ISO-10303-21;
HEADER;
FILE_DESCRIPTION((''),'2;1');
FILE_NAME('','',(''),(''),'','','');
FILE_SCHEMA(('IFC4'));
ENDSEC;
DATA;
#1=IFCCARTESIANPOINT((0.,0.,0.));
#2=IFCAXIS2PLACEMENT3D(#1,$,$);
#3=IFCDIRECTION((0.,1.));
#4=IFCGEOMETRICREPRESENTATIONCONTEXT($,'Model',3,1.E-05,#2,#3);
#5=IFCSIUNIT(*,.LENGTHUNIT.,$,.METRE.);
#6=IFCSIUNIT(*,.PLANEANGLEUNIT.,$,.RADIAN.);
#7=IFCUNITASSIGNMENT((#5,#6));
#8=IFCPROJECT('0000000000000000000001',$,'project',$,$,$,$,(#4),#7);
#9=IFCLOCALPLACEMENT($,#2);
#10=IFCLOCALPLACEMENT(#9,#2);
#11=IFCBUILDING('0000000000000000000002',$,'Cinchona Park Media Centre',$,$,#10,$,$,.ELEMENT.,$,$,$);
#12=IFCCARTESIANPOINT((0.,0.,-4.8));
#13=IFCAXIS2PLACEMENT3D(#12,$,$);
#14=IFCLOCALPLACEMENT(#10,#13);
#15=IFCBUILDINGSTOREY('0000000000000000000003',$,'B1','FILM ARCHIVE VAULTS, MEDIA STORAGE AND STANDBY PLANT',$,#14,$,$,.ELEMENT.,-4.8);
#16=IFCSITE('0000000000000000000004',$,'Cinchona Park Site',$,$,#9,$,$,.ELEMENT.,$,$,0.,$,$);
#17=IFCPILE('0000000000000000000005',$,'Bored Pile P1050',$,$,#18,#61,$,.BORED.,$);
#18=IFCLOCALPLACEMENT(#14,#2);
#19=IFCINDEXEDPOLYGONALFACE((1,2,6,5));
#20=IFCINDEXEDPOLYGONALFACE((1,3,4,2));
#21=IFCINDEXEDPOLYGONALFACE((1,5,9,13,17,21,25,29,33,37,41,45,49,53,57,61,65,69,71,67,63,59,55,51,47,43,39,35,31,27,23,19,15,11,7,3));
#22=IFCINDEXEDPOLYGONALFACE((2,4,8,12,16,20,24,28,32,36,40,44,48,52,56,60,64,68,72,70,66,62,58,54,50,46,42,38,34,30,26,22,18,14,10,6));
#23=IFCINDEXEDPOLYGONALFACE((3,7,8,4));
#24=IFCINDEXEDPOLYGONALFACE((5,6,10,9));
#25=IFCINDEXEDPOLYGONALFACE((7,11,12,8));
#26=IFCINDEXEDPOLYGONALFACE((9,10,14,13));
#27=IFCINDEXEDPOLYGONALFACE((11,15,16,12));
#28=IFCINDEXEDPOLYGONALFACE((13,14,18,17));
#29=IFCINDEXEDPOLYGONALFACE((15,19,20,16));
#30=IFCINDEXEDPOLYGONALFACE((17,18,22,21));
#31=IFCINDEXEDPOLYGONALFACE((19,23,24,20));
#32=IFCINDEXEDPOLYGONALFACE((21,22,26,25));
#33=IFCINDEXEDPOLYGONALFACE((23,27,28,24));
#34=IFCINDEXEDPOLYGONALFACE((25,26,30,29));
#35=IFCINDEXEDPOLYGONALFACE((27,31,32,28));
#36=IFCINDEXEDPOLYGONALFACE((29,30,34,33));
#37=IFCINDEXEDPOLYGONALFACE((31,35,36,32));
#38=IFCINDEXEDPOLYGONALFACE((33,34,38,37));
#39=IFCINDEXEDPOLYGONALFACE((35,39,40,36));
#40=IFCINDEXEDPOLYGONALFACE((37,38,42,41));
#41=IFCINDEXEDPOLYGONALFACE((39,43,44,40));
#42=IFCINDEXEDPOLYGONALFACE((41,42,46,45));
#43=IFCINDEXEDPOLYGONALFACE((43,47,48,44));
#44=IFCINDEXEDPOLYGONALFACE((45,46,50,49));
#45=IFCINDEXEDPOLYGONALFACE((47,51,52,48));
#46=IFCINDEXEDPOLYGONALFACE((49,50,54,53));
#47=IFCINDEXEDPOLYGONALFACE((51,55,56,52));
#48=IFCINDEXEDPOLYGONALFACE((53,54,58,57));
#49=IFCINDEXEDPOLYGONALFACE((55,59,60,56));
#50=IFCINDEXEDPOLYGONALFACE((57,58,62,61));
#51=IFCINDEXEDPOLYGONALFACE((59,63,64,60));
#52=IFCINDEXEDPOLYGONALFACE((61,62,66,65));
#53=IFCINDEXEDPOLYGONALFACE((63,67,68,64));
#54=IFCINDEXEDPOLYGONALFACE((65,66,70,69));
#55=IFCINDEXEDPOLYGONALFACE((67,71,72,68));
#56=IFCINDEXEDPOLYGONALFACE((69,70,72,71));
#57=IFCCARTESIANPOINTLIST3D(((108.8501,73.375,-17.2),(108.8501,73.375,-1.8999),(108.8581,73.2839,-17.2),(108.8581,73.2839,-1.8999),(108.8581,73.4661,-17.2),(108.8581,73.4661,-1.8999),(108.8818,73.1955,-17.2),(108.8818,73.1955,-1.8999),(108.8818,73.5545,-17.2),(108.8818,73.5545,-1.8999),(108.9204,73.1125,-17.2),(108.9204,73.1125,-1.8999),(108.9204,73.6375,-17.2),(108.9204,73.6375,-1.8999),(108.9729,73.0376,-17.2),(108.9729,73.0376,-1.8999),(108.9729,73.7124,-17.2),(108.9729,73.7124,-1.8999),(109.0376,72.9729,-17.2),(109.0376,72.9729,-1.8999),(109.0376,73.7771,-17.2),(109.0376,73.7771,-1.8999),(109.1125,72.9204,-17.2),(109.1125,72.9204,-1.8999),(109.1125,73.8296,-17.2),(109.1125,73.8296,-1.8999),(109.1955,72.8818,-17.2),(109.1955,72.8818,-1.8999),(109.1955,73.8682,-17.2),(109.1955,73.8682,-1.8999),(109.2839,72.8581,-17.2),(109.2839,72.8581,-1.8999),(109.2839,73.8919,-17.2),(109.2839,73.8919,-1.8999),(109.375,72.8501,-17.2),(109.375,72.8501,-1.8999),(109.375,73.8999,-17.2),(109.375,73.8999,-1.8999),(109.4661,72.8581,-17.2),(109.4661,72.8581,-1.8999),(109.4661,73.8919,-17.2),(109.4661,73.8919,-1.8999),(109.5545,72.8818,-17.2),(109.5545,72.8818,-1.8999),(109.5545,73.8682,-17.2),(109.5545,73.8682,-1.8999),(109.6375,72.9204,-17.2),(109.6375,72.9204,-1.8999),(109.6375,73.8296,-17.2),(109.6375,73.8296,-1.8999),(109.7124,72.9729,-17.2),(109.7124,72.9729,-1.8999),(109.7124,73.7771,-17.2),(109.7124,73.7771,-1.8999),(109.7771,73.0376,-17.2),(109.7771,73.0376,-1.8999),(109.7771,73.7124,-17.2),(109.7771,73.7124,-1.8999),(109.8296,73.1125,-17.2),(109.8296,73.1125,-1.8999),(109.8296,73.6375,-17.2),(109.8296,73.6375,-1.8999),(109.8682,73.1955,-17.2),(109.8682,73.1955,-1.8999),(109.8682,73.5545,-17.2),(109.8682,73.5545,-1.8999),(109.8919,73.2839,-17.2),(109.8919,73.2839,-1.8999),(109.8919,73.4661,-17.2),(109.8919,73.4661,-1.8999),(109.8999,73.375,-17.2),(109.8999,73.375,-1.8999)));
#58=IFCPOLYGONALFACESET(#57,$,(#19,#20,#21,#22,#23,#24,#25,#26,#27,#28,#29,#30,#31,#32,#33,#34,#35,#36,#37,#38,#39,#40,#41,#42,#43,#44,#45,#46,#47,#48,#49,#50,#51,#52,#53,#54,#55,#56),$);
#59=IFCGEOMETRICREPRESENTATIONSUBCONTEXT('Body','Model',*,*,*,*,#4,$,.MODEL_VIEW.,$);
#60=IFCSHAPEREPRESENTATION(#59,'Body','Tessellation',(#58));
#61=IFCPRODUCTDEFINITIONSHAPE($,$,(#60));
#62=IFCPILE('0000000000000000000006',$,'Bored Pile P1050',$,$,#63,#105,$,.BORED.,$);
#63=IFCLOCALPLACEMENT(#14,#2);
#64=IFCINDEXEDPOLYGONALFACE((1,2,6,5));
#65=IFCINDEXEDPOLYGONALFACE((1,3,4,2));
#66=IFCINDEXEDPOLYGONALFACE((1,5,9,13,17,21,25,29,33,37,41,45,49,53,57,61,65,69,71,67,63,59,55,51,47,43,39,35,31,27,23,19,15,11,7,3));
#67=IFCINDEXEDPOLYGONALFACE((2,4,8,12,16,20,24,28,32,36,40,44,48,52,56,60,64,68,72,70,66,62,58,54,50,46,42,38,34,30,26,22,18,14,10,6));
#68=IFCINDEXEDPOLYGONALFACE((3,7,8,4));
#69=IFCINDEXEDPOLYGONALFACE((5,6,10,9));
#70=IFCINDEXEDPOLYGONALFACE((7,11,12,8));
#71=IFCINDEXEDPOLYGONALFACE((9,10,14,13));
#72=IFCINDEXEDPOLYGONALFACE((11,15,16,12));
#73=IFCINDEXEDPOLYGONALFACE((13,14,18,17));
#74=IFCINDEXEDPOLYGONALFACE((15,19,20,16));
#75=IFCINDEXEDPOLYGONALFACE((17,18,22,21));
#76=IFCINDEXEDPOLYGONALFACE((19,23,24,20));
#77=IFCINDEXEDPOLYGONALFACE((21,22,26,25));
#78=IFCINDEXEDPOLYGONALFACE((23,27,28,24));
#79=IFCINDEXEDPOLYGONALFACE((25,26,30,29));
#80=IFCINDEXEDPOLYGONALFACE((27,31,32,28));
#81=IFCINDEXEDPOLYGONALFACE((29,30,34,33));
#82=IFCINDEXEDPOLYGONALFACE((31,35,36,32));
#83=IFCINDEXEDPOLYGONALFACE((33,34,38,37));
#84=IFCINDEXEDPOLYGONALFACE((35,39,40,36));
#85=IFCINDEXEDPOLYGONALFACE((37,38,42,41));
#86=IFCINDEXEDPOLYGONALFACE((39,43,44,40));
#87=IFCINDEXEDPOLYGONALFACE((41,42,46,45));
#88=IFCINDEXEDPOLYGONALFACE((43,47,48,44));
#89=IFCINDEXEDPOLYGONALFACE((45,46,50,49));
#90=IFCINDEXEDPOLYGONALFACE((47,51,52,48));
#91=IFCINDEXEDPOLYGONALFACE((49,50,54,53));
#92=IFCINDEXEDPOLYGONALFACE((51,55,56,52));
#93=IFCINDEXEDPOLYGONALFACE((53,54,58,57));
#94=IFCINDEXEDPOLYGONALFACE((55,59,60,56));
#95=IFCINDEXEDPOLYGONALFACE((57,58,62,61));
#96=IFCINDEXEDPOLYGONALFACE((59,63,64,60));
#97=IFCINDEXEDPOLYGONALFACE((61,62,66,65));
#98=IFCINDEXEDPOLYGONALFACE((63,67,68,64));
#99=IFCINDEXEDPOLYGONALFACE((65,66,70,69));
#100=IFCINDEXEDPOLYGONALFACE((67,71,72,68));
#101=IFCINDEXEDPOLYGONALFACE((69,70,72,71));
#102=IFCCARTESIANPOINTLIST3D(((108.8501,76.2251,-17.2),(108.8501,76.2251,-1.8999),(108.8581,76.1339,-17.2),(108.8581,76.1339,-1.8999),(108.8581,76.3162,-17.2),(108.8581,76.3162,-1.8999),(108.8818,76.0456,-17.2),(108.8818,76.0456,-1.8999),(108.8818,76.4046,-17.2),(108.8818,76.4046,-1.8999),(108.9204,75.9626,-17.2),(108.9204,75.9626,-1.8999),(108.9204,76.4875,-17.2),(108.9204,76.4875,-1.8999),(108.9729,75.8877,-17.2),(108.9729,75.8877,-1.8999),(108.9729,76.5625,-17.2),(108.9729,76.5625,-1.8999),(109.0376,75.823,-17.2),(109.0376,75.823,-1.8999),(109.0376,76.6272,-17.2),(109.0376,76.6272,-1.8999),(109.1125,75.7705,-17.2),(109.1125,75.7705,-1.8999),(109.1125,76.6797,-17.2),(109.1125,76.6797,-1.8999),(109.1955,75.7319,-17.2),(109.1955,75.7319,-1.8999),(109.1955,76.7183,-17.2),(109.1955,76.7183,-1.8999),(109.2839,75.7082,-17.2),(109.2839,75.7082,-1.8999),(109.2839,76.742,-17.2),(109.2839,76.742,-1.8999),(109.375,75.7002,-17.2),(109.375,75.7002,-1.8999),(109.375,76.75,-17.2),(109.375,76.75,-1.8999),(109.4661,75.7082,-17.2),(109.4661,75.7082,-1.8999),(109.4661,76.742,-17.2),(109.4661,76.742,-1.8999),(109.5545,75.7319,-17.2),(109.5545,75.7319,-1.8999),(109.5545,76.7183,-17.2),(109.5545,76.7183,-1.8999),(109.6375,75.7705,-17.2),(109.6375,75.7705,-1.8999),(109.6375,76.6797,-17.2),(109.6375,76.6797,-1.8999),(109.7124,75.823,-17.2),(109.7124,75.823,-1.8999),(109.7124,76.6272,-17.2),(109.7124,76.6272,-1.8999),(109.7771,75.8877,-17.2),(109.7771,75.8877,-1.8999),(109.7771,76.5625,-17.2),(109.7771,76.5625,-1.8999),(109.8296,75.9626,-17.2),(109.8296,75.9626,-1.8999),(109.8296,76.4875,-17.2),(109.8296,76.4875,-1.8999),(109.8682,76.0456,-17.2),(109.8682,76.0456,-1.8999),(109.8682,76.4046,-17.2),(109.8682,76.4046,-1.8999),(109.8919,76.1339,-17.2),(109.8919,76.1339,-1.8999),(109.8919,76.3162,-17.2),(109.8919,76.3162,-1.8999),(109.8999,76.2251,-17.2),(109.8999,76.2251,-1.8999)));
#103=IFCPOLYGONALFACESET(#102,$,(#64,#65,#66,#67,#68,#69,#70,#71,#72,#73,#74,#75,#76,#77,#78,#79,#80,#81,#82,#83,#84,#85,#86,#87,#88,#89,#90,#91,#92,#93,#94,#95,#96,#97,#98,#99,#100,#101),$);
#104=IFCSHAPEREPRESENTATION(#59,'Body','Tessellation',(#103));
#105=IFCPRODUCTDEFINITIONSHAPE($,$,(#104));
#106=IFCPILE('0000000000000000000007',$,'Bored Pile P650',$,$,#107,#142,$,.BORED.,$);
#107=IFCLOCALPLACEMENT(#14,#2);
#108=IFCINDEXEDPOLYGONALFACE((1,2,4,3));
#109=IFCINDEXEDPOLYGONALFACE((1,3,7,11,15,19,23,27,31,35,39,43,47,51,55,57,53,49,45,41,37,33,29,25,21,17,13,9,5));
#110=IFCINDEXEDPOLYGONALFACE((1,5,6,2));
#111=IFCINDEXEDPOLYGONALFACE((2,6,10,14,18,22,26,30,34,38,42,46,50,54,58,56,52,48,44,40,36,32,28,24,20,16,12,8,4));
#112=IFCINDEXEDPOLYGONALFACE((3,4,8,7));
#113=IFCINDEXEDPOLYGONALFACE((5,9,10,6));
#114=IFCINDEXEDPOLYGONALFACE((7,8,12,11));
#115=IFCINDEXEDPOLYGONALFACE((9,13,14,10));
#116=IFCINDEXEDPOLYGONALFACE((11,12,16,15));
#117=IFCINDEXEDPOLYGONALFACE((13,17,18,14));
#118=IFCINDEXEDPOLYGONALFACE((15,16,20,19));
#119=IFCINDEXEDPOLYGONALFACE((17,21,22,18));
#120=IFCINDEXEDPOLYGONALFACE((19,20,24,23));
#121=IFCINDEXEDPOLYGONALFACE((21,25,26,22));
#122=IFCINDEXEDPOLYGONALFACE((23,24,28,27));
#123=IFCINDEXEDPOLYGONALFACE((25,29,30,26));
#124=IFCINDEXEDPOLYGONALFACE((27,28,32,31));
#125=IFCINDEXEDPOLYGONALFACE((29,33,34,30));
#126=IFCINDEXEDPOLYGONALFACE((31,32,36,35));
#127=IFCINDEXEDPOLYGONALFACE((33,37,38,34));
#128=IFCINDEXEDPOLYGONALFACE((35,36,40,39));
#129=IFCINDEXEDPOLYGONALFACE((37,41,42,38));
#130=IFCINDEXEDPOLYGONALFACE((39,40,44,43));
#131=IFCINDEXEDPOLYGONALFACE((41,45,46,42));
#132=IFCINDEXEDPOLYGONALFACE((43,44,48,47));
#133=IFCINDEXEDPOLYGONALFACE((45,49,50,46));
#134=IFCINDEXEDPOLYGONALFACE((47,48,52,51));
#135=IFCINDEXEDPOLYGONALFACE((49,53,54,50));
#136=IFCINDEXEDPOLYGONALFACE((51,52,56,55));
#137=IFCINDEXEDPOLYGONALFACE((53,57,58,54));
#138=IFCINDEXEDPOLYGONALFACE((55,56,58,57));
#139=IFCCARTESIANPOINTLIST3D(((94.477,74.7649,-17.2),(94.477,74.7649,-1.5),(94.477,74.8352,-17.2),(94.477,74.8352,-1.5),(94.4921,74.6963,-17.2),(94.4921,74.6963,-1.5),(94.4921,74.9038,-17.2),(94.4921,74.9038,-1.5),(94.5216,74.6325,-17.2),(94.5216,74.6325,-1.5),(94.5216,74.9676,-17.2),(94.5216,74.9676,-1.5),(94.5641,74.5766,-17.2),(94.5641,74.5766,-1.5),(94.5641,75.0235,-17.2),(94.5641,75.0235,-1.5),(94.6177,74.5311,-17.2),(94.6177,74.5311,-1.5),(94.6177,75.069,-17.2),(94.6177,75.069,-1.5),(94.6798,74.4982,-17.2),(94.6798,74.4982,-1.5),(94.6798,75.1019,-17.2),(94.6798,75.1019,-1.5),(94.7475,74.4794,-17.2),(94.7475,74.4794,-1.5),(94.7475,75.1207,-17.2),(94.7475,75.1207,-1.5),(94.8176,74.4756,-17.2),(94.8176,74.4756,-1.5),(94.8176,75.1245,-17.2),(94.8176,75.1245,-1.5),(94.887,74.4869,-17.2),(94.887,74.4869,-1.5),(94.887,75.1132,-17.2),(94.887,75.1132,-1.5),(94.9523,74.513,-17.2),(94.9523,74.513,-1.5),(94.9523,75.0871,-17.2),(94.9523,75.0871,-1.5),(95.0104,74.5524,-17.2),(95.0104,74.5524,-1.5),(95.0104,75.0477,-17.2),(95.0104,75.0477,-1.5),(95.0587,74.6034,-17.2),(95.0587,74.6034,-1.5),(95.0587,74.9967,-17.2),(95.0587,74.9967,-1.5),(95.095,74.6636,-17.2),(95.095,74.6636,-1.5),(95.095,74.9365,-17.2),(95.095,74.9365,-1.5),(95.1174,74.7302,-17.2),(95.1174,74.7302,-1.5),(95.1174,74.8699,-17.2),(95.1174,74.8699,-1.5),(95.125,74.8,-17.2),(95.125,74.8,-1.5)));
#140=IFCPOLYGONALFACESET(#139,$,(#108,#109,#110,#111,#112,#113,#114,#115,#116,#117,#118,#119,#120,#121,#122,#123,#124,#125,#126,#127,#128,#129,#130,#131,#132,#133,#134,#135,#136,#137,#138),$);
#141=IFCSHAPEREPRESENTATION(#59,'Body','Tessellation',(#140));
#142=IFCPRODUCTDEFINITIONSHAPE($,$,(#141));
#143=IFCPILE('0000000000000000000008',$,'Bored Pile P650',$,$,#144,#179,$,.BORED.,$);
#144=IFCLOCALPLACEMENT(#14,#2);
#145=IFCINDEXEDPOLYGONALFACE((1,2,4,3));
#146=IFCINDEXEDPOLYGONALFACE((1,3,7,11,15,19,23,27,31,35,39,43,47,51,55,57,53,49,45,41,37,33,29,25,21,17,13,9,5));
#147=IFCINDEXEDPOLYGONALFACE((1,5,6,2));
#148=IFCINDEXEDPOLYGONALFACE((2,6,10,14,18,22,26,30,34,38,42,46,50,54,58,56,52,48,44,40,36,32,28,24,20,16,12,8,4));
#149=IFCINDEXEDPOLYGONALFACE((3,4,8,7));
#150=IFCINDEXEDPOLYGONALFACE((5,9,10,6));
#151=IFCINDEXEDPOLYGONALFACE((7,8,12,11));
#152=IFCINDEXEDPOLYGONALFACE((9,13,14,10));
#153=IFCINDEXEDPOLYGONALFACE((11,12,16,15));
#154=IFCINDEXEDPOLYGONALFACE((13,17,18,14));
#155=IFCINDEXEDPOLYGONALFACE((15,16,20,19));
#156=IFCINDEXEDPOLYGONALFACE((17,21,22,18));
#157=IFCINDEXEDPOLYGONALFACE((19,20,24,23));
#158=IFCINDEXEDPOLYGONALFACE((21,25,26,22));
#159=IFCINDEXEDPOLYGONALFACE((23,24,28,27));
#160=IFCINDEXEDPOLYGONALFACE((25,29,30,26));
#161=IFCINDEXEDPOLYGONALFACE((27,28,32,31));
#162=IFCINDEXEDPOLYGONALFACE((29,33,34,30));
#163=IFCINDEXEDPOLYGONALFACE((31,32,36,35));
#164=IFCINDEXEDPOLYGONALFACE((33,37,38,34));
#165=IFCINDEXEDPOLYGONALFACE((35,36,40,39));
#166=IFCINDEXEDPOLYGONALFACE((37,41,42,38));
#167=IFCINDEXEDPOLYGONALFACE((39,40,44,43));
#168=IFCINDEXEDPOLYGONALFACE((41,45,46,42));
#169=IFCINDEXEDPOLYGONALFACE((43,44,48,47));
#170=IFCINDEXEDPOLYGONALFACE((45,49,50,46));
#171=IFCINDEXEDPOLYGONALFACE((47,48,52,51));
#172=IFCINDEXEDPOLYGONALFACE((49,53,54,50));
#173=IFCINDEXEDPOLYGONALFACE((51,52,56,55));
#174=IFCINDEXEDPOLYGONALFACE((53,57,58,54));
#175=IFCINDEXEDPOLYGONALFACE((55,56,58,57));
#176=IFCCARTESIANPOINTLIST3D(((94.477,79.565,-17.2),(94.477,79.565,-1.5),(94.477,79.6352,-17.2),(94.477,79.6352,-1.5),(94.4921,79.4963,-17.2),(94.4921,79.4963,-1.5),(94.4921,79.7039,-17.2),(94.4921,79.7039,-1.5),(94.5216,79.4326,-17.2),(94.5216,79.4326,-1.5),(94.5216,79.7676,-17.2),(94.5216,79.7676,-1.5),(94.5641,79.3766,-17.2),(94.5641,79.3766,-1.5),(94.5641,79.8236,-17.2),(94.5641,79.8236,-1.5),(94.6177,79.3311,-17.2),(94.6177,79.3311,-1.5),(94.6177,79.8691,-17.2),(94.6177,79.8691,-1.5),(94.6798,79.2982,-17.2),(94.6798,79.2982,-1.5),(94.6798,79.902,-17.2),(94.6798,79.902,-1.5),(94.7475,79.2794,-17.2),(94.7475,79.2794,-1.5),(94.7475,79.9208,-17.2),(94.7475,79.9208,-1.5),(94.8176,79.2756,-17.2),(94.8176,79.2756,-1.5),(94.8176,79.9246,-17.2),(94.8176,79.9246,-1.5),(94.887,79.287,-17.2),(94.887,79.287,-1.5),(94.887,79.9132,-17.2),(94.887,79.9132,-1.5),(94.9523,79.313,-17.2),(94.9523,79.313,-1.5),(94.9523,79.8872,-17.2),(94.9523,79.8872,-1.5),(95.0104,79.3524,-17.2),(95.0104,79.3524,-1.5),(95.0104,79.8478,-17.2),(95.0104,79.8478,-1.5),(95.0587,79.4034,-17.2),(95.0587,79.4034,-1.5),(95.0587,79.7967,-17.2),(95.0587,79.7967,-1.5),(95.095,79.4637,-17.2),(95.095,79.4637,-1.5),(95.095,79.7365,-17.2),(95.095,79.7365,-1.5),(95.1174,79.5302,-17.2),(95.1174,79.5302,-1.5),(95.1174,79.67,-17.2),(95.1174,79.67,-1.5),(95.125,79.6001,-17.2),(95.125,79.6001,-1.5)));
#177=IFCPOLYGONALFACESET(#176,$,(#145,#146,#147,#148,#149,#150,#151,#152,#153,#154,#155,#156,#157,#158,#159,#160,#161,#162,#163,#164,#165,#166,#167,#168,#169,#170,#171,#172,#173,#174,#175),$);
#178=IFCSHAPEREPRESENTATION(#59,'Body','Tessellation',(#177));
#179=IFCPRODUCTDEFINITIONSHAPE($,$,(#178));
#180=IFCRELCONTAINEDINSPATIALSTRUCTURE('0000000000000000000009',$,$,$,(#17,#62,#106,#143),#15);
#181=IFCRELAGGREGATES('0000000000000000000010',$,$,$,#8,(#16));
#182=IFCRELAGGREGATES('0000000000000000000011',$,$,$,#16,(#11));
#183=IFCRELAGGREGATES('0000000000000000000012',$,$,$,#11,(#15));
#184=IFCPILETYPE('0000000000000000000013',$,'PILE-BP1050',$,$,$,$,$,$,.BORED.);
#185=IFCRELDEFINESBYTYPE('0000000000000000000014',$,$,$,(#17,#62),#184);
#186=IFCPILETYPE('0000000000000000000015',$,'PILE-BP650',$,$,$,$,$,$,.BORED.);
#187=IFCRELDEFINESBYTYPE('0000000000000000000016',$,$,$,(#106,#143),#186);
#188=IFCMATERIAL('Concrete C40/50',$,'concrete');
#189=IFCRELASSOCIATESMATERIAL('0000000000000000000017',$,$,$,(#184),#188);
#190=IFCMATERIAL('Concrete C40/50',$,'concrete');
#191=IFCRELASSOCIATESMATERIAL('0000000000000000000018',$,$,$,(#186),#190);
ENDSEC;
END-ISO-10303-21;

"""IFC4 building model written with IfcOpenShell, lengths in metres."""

from ifc_helpers import new_model, si_unit, direction, frame, origin, origin_2d, place, context, subcontext, project, spatial, circle, extrude, material, material_profile, profile_set, type_object, element, save


model = new_model("IFC4")

# Units and contexts
model_context = context("Model", 3, precision=1e-05, world=origin(), true_north=direction((0.0, 1.0)))
body_context = subcontext(model_context, "Body", "Model", "MODEL_VIEW")
ifc_project = project(units=[si_unit("LENGTHUNIT", "METRE"), si_unit("PLANEANGLEUNIT", "RADIAN")], contexts=[model_context])

# Site, building, storey
site_placement = place(None, origin())
site = spatial("IfcSite", under=ifc_project, at=site_placement, Name="Cinchona Park Site", CompositionType="ELEMENT", RefElevation=0.0)
building_placement = place(site_placement, origin())
building = spatial("IfcBuilding", under=site, at=building_placement, Name="Cinchona Park Media Centre", CompositionType="ELEMENT")
storey_placement = place(building_placement, frame((0.0, 0.0, -4.8)))
storey = spatial("IfcBuildingStorey", under=building, at=storey_placement, Name="B1", Description="FILM ARCHIVE VAULTS, MEDIA STORAGE AND STANDBY PLANT", CompositionType="ELEMENT", Elevation=-4.8)

# Piles
ifc_material_1 = material(Name="Concrete C40/50", Category="concrete")
ifc_material_profile_1 = material_profile(ifc_material_1, circle(Radius=0.5249, at=origin_2d()), Name="BORED PILE 1050")
ifc_profile_set_1 = profile_set([ifc_material_profile_1], Name="Concrete C40/50")
pile_type_1 = type_object("IfcPileType", Name="PILE-BP1050", PredefinedType="BORED", material=ifc_profile_set_1)
for number, where, z_axis, x_axis, name in (
    (1, (109.375, 73.375, -1.8999), (0.0, 0.0, -1.0), (1.0, 0.0, 0.0), "Bored Pile P1050"),
    (2, (109.375, 76.2251, -1.8999), (0.0, 0.0, -1.0), (1.0, 0.0, 0.0), "Bored Pile P1050"),
):
    element("IfcPile", number, at=place(storey_placement, frame(where, z_axis=z_axis, x_axis=x_axis)), inside=storey, type_object=pile_type_1, Name=name, PredefinedType="BORED", context=body_context, shape_type="SweptSolid", body=[
        extrude(circle(Radius=0.5249, at=origin_2d()), origin(), (0.0, 0.0, 1.0), 15.3),
    ])
ifc_material_2 = material(Name="Concrete C40/50", Category="concrete")
ifc_material_profile_2 = material_profile(ifc_material_2, circle(Radius=0.325, at=origin_2d()), Name="BORED PILE 650")
ifc_profile_set_2 = profile_set([ifc_material_profile_2], Name="Concrete C40/50")
pile_type_2 = type_object("IfcPileType", Name="PILE-BP650", PredefinedType="BORED", material=ifc_profile_set_2)
for number, where, z_axis, x_axis, name in (
    (3, (94.8, 74.8, -1.5), (0.0, 0.0, -1.0), (1.0, 0.0, 0.0), "Bored Pile P650"),
    (4, (94.8, 79.6001, -1.5), (0.0, 0.0, -1.0), (1.0, 0.0, 0.0), "Bored Pile P650"),
):
    element("IfcPile", number, at=place(storey_placement, frame(where, z_axis=z_axis, x_axis=x_axis)), inside=storey, type_object=pile_type_2, Name=name, PredefinedType="BORED", context=body_context, shape_type="SweptSolid", body=[
        extrude(circle(Radius=0.325, at=origin_2d()), origin(), (0.0, 0.0, 1.0), 15.7),
    ])

save(model, "model.ifc")
